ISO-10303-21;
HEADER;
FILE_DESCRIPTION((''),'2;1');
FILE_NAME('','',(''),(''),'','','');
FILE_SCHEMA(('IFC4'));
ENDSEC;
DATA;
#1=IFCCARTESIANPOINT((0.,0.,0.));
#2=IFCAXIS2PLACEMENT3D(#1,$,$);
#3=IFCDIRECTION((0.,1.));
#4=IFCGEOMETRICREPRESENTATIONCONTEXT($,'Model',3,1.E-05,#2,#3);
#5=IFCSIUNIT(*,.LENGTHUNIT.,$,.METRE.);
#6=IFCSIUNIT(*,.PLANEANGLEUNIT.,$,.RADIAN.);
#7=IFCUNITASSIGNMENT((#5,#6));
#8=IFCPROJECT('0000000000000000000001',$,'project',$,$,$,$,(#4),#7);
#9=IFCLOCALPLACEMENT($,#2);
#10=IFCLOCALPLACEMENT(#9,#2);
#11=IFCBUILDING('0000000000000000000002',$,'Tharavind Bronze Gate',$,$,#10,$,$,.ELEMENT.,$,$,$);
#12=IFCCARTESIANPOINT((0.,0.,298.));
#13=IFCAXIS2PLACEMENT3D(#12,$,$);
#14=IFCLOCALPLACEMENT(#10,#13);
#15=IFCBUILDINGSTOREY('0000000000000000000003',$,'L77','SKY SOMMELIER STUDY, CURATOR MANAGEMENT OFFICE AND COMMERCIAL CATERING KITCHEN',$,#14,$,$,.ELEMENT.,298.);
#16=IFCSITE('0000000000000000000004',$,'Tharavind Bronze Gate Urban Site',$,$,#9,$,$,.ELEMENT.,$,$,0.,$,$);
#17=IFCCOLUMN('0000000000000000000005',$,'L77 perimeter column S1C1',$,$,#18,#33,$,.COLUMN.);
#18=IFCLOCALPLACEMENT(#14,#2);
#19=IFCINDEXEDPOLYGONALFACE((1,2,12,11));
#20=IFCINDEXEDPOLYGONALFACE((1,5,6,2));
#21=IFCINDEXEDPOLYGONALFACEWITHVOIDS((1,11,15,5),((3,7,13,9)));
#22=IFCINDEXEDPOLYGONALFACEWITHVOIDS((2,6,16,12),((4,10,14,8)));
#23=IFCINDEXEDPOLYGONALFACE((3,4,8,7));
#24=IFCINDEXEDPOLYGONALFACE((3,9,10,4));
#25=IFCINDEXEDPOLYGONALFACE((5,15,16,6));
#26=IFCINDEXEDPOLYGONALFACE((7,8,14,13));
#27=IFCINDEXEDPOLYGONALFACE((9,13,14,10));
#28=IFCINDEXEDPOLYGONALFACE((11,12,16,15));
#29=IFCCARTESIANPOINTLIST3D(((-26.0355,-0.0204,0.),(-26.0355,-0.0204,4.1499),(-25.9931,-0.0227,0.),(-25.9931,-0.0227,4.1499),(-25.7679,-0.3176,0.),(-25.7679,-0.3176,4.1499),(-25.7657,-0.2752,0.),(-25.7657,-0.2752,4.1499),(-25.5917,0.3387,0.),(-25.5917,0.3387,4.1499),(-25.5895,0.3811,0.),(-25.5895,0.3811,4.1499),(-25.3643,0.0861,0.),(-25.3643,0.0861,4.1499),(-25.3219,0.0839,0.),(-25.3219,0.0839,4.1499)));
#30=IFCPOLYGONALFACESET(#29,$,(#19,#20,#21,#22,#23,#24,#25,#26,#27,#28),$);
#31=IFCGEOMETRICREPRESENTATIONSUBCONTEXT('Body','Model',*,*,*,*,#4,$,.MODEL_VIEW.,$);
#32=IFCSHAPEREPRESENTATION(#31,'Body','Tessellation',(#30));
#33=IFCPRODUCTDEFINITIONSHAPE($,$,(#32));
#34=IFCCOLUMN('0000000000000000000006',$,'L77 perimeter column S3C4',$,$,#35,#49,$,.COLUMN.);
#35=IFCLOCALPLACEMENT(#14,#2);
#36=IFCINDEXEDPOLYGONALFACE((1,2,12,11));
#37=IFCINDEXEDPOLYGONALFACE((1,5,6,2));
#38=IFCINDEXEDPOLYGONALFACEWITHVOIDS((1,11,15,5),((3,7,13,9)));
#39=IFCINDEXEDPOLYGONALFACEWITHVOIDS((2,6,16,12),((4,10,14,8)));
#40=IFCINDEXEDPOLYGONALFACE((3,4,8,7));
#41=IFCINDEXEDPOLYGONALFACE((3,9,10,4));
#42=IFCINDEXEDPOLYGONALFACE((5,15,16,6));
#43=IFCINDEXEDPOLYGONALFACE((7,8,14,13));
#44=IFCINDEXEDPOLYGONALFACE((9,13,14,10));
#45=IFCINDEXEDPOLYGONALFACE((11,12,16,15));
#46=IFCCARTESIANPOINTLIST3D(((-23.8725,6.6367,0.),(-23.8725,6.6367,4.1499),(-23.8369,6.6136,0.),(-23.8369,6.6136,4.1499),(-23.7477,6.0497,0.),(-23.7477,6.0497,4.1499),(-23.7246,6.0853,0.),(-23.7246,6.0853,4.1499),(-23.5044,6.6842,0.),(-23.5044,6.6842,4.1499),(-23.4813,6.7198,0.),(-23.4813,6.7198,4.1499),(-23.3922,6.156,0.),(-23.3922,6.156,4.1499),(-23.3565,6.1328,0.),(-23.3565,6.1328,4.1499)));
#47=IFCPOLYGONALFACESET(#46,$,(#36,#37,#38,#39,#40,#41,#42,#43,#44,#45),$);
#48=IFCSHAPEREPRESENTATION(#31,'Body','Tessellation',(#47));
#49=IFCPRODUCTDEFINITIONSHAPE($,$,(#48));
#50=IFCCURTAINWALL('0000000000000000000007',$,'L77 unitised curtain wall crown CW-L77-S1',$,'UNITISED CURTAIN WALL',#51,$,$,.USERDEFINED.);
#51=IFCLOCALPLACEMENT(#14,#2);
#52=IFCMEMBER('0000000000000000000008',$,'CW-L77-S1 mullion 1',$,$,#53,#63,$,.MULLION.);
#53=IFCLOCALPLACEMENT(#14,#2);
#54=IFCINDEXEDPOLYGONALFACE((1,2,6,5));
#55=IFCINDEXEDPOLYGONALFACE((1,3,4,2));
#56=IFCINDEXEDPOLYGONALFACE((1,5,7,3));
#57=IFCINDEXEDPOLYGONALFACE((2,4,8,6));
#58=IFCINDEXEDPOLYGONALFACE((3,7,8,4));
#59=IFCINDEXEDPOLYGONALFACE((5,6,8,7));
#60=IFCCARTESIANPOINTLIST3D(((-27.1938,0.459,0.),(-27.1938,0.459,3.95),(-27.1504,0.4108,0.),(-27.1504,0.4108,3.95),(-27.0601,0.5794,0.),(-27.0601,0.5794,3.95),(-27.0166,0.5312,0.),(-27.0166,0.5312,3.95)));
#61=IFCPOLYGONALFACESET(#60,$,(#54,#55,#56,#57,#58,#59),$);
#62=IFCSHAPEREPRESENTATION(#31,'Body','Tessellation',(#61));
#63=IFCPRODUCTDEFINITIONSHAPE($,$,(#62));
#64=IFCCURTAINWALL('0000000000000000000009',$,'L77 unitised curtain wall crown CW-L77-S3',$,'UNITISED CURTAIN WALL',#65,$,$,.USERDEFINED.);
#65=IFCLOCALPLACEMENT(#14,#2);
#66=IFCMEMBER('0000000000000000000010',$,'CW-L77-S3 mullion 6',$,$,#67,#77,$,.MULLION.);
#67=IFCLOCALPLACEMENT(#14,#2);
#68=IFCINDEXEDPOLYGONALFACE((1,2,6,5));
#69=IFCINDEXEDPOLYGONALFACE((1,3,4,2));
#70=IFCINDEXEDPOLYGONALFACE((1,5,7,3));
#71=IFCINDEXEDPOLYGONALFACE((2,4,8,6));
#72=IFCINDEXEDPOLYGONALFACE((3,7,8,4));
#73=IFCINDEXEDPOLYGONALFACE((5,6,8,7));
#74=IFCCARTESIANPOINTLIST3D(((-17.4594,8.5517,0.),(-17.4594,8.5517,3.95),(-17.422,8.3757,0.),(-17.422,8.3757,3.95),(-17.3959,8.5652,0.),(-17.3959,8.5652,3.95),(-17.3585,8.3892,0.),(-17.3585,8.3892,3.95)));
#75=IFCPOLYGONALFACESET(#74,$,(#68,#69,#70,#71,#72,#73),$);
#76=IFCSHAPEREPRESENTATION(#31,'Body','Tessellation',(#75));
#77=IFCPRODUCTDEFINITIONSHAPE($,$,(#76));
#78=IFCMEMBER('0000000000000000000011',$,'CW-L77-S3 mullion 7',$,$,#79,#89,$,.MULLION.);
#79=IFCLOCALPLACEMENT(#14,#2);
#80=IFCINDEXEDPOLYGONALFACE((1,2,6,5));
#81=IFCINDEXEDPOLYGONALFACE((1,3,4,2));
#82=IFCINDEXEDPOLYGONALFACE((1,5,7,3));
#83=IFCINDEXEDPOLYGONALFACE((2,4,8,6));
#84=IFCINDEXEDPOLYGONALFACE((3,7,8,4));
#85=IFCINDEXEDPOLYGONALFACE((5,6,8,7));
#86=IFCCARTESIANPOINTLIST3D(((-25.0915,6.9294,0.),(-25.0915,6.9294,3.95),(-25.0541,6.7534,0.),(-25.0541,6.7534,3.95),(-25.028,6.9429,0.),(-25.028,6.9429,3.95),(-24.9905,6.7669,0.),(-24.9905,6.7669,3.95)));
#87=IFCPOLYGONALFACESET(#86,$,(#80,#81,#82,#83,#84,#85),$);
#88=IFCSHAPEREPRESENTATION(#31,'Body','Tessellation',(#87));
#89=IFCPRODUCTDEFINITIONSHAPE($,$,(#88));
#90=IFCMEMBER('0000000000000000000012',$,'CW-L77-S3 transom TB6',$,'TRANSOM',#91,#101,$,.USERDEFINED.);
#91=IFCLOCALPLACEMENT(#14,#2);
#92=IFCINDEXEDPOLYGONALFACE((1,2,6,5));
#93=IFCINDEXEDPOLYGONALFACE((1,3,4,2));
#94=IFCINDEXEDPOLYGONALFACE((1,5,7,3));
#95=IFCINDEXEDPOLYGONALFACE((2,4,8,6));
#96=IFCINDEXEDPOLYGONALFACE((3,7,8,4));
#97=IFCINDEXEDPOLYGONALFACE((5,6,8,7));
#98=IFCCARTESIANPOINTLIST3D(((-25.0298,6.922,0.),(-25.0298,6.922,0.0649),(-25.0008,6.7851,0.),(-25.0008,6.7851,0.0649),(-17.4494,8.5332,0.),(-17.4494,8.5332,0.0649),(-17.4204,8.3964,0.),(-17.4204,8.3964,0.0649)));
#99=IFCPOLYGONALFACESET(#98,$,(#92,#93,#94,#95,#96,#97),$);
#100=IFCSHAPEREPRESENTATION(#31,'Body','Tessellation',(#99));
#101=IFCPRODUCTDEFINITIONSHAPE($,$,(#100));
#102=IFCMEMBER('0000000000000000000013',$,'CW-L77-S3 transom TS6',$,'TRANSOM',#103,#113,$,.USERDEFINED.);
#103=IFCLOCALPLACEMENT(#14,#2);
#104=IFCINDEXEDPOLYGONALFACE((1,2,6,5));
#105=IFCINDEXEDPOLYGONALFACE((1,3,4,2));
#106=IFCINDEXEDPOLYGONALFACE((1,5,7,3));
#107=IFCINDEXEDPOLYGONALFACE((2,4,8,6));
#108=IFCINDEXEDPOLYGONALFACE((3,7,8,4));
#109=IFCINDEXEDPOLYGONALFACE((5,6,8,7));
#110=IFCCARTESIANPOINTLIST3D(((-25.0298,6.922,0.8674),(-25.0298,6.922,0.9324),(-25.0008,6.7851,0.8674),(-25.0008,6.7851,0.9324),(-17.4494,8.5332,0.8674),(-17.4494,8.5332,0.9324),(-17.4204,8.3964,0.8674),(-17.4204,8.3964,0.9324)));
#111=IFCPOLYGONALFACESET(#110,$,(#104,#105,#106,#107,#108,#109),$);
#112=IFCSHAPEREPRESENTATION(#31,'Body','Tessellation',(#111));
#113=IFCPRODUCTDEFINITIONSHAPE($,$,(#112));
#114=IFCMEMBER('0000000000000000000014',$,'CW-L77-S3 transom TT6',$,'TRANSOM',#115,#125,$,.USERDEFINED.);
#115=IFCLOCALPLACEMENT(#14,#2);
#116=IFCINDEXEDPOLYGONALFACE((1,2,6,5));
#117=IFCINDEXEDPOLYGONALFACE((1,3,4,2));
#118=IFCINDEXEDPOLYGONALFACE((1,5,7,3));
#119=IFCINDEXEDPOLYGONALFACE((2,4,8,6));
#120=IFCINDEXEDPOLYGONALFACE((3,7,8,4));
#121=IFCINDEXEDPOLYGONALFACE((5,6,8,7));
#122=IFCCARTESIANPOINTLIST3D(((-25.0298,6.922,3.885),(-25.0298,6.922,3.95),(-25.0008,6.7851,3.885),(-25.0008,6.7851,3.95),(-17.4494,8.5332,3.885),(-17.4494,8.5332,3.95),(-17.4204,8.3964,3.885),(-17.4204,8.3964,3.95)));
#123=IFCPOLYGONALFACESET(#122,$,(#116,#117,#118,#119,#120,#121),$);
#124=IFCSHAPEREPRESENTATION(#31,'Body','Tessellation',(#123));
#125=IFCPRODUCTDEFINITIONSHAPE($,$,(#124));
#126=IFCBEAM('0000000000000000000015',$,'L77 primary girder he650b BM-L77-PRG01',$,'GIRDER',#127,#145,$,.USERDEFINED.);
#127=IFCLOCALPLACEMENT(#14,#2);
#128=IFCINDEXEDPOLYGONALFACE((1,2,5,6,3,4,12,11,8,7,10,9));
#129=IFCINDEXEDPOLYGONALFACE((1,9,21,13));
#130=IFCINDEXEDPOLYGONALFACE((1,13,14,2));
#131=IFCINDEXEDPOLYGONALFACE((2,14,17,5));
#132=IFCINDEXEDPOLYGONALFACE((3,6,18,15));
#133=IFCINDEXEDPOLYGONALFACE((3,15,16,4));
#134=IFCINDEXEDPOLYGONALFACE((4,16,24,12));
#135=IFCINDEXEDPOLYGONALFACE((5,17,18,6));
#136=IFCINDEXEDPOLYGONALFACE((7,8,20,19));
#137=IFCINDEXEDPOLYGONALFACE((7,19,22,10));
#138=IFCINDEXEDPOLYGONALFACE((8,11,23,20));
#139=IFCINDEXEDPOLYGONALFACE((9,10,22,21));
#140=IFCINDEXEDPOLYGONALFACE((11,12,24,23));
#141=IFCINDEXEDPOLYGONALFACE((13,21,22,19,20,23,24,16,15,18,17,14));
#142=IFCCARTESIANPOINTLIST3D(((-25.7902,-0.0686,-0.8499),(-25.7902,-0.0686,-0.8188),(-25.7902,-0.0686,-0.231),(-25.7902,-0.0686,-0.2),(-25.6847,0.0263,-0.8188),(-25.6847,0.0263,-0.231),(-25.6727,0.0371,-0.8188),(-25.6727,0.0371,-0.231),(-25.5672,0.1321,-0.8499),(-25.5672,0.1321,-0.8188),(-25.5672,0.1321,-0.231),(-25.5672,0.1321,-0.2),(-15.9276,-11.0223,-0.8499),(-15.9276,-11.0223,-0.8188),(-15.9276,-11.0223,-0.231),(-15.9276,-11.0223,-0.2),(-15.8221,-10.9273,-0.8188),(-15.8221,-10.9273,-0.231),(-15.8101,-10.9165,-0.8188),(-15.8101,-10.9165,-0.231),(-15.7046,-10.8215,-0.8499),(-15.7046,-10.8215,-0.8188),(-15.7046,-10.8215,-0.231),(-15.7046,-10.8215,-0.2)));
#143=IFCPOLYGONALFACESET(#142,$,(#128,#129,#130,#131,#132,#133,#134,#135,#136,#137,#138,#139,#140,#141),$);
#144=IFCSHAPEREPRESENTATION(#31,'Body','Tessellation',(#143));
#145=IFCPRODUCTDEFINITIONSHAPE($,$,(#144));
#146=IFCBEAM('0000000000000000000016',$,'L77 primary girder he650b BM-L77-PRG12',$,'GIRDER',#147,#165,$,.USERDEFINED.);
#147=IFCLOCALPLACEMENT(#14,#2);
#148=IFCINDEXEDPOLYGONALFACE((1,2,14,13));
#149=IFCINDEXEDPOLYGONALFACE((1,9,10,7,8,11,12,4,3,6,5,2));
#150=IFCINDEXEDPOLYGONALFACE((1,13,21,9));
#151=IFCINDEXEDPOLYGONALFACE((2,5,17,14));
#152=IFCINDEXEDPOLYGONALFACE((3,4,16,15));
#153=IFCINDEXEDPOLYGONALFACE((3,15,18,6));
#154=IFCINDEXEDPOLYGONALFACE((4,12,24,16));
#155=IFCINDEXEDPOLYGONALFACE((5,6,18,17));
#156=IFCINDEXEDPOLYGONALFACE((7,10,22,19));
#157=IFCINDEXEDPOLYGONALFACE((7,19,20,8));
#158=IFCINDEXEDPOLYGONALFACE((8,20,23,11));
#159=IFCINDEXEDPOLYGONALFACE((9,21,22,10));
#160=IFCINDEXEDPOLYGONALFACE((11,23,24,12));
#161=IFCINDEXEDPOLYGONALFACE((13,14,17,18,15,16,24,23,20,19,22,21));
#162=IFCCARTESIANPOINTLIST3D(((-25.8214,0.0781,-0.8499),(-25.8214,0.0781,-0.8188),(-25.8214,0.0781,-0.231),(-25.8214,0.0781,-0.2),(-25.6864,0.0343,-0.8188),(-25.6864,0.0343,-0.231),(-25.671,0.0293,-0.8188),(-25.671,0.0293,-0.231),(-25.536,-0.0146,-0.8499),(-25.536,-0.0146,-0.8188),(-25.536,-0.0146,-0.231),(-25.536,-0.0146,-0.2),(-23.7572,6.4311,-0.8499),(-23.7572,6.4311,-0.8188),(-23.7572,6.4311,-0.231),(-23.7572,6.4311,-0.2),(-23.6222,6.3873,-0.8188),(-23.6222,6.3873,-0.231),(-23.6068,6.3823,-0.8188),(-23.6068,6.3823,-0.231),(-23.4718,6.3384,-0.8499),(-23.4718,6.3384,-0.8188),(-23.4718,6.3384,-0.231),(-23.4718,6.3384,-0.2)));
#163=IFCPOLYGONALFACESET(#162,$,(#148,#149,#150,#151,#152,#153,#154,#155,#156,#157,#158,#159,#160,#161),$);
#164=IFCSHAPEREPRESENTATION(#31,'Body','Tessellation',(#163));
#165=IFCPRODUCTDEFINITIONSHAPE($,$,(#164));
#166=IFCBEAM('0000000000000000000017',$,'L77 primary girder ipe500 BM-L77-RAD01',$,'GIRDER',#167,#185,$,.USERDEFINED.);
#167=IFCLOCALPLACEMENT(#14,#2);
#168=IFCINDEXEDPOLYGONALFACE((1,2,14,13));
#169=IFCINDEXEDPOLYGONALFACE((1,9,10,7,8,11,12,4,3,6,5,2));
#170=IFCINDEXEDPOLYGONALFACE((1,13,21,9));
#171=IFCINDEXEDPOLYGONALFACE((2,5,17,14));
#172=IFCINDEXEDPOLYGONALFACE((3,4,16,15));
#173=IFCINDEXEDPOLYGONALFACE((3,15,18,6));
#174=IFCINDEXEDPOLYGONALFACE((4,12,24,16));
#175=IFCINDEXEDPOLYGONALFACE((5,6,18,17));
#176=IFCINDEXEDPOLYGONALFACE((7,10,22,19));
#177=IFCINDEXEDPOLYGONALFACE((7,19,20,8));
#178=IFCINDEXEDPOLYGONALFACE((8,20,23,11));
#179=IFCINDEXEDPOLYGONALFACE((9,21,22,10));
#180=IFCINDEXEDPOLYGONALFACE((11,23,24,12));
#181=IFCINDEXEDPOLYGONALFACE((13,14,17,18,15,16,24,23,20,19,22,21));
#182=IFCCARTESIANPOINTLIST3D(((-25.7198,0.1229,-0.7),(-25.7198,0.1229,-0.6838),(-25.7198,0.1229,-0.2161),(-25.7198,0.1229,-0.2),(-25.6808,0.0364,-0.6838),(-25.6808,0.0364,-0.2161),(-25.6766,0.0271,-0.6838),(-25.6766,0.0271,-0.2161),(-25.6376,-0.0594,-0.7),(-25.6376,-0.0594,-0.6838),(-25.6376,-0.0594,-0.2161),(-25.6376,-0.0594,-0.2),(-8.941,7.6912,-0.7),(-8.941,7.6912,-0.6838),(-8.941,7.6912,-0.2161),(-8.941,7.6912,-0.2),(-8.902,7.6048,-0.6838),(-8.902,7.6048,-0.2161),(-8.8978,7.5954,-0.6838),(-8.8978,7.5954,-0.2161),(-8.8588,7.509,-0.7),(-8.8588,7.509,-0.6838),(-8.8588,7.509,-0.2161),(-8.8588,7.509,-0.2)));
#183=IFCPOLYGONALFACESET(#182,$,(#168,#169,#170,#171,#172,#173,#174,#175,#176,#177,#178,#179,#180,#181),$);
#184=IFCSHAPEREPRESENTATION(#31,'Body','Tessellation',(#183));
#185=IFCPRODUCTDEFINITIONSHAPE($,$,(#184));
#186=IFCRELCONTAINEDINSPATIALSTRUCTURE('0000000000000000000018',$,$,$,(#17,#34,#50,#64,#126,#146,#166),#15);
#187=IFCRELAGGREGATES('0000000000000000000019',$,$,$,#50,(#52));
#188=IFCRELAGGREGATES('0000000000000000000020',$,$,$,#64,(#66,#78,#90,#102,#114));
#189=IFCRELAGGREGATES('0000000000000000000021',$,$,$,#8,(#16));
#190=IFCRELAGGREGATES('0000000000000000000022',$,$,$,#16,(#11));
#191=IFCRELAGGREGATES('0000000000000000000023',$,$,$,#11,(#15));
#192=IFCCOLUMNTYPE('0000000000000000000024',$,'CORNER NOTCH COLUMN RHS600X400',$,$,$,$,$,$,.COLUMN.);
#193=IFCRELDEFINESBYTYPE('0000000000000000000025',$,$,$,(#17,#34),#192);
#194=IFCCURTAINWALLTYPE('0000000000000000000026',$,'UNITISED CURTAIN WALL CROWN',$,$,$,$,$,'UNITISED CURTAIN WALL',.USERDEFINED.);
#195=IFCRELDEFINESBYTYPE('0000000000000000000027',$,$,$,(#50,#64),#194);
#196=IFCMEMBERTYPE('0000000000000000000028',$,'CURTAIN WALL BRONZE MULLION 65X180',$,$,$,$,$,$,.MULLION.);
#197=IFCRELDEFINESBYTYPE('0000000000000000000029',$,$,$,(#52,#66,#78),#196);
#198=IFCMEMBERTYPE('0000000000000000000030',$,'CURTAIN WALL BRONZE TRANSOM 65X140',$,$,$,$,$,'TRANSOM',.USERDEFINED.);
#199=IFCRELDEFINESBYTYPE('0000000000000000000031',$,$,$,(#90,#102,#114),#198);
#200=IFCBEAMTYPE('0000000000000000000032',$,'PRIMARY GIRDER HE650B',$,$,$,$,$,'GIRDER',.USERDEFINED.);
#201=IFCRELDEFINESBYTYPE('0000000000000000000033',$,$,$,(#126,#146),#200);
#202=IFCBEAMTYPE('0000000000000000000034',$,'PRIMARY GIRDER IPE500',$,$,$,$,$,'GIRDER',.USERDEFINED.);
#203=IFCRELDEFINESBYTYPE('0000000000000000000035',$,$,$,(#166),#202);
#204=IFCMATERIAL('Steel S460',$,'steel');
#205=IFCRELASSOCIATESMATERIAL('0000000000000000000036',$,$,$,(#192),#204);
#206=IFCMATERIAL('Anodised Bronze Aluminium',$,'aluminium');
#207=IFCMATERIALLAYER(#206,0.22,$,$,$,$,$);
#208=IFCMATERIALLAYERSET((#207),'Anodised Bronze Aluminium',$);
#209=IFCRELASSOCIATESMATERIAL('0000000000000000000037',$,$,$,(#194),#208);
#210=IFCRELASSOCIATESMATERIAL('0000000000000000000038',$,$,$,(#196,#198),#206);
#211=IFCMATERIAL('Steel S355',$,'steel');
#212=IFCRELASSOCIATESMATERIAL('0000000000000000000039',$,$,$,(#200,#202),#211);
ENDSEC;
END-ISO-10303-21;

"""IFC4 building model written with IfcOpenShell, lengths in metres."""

from ifc_helpers import new_model, si_unit, direction, frame, origin, origin_2d, place, context, subcontext, project, spatial, rectangle, hollow_rectangle, i_section, extrude, material, layer, layer_set, material_profile, profile_set, type_object, element, aggregate, save


model = new_model("IFC4")

# Units and contexts
model_context = context("Model", 3, precision=1e-05, world=origin(), true_north=direction((0.0, 1.0)))
body_context = subcontext(model_context, "Body", "Model", "MODEL_VIEW")
ifc_project = project(units=[si_unit("LENGTHUNIT", "METRE"), si_unit("PLANEANGLEUNIT", "RADIAN")], contexts=[model_context])

# Site, building, storey
site_placement = place(None, origin())
site = spatial("IfcSite", under=ifc_project, at=site_placement, Name="Tharavind Bronze Gate Urban Site", CompositionType="ELEMENT", RefElevation=0.0)
building_placement = place(site_placement, origin())
building = spatial("IfcBuilding", under=site, at=building_placement, Name="Tharavind Bronze Gate", CompositionType="ELEMENT")
storey_placement = place(building_placement, frame((0.0, 0.0, 298.0)))
storey = spatial("IfcBuildingStorey", under=building, at=storey_placement, Name="L77", Description="SKY SOMMELIER STUDY, CURATOR MANAGEMENT OFFICE AND COMMERCIAL CATERING KITCHEN", CompositionType="ELEMENT", Elevation=298.0)

# Columns
ifc_material_1 = material(Name="Steel S460", Category="steel")
ifc_material_profile_1 = material_profile(ifc_material_1, hollow_rectangle(XDim=0.3999, YDim=0.6001, WallThickness=0.03, at=origin_2d()), Name="RHS600X400X30")
ifc_profile_set_1 = profile_set([ifc_material_profile_1], Name="Steel S460")
column_type = type_object("IfcColumnType", Name="CORNER NOTCH COLUMN RHS600X400", PredefinedType="COLUMN", material=ifc_profile_set_1)
for number, where, z_axis, x_axis, name in (
    (1, (-25.6787, 0.0317, 0.0), (0.0, 0.0, 1.0), (-0.669131, 0.743145, 0.0), "L77 perimeter column S1C1"),
    (2, (-23.6145, 6.3848, 0.0), (0.0, 0.0, 1.0), (0.978147, 0.207913, 0.0), "L77 perimeter column S3C4"),
):
    element("IfcColumn", number, at=place(storey_placement, frame(where, z_axis=z_axis, x_axis=x_axis)), inside=storey, type_object=column_type, Name=name, PredefinedType="COLUMN", context=body_context, shape_type="SweptSolid", body=[
        extrude(hollow_rectangle(XDim=0.3999, YDim=0.6001, WallThickness=0.03, at=origin_2d()), origin(), (0.0, 0.0, 1.0), 4.1499),
    ])

# Curtain wall, member
ifc_material_2 = material(Name="Anodised Bronze Aluminium", Category="aluminium")
ifc_layer_1 = layer(ifc_material_2, 0.22)
ifc_layer_set_1 = layer_set([ifc_layer_1], Name="Anodised Bronze Aluminium")
curtain_wall_type = type_object("IfcCurtainWallType", Name="UNITISED CURTAIN WALL CROWN", ElementType="UNITISED CURTAIN WALL", PredefinedType="USERDEFINED", material=ifc_layer_set_1)
curtain_wall_1_placement = place(storey_placement, origin())
curtain_wall_1 = element("IfcCurtainWall", 3, at=curtain_wall_1_placement, inside=storey, type_object=curtain_wall_type, Name="L77 unitised curtain wall crown CW-L77-S1", ObjectType="UNITISED CURTAIN WALL", PredefinedType="USERDEFINED")
member_type_1 = type_object("IfcMemberType", Name="CURTAIN WALL BRONZE MULLION 65X180", PredefinedType="MULLION", material=ifc_material_2)
member_1_placement = place(storey_placement, frame((-27.1052, 0.4951, 0.0), z_axis=(0.0, 0.0, 1.0), x_axis=(0.669131, -0.743145, 0.0)))
member_1 = element("IfcMember", 4, at=member_1_placement, type_object=member_type_1, Name="CW-L77-S1 mullion 1", PredefinedType="MULLION", context=body_context, shape_type="SweptSolid", body=[
    extrude(rectangle(XDim=0.0649, YDim=0.1799, at=origin_2d()), origin(), (0.0, 0.0, 1.0), 3.95),
])
aggregate(curtain_wall_1, [member_1])

# Curtain wall, members
curtain_wall_2_placement = place(storey_placement, origin())
curtain_wall_2 = element("IfcCurtainWall", 5, at=curtain_wall_2_placement, inside=storey, type_object=curtain_wall_type, Name="L77 unitised curtain wall crown CW-L77-S3", ObjectType="UNITISED CURTAIN WALL", PredefinedType="USERDEFINED")
member_2_placement = place(storey_placement, frame((-17.4089, 8.4705, 0.0), z_axis=(0.0, 0.0, 1.0), x_axis=(-0.978147, -0.207913, 0.0)))
member_2 = element("IfcMember", 6, at=member_2_placement, type_object=member_type_1, Name="CW-L77-S3 mullion 6", PredefinedType="MULLION", context=body_context, shape_type="SweptSolid", body=[
    extrude(rectangle(XDim=0.0649, YDim=0.1799, at=origin_2d()), origin(), (0.0, 0.0, 1.0), 3.95),
])
member_3_placement = place(storey_placement, frame((-25.041, 6.8481, 0.0), z_axis=(0.0, 0.0, 1.0), x_axis=(-0.978147, -0.207913, 0.0)))
member_3 = element("IfcMember", 7, at=member_3_placement, type_object=member_type_1, Name="CW-L77-S3 mullion 7", PredefinedType="MULLION", context=body_context, shape_type="SweptSolid", body=[
    extrude(rectangle(XDim=0.0649, YDim=0.1799, at=origin_2d()), origin(), (0.0, 0.0, 1.0), 3.95),
])
member_type_2 = type_object("IfcMemberType", Name="CURTAIN WALL BRONZE TRANSOM 65X140", ElementType="TRANSOM", PredefinedType="USERDEFINED", material=ifc_material_2)
member_4_placement = place(storey_placement, frame((-21.2251, 7.6592, 0.0), z_axis=(0.0, 0.0, 1.0), x_axis=(-0.978147, -0.207913, 0.0)))
member_4 = element("IfcMember", 8, at=member_4_placement, type_object=member_type_2, Name="CW-L77-S3 transom TB6", ObjectType="TRANSOM", PredefinedType="USERDEFINED", context=body_context, shape_type="SweptSolid", body=[
    extrude(rectangle(XDim=7.7498, YDim=0.1399, at=origin_2d()), origin(), (0.0, 0.0, 1.0), 0.0649),
])
member_5_placement = place(storey_placement, frame((-21.2251, 7.6592, 0.8674), z_axis=(0.0, 0.0, 1.0), x_axis=(-0.978147, -0.207913, 0.0)))
member_5 = element("IfcMember", 9, at=member_5_placement, type_object=member_type_2, Name="CW-L77-S3 transom TS6", ObjectType="TRANSOM", PredefinedType="USERDEFINED", context=body_context, shape_type="SweptSolid", body=[
    extrude(rectangle(XDim=7.7498, YDim=0.1399, at=origin_2d()), origin(), (0.0, 0.0, 1.0), 0.0649),
])
member_6_placement = place(storey_placement, frame((-21.2251, 7.6592, 3.885), z_axis=(0.0, 0.0, 1.0), x_axis=(-0.978147, -0.207913, 0.0)))
member_6 = element("IfcMember", 10, at=member_6_placement, type_object=member_type_2, Name="CW-L77-S3 transom TT6", ObjectType="TRANSOM", PredefinedType="USERDEFINED", context=body_context, shape_type="SweptSolid", body=[
    extrude(rectangle(XDim=7.7498, YDim=0.1399, at=origin_2d()), origin(), (0.0, 0.0, 1.0), 0.0649),
])

# Beams
ifc_material_3 = material(Name="Steel S355", Category="steel")
ifc_material_profile_2 = material_profile(ifc_material_3, i_section(OverallWidth=0.3, OverallDepth=0.6499, WebThickness=0.0161, FlangeThickness=0.031, at=origin_2d()), Name="HE650B")
ifc_profile_set_2 = profile_set([ifc_material_profile_2], Name="Steel S355")
beam_type_1 = type_object("IfcBeamType", Name="PRIMARY GIRDER HE650B", ElementType="GIRDER", PredefinedType="USERDEFINED", material=ifc_profile_set_2)
beam_1_placement = place(storey_placement, frame((-25.6787, 0.0317, -0.5249), z_axis=(0.669126, -0.743149, 0.0), x_axis=(0.743149, 0.669126, 0.0)))
element("IfcBeam", 11, at=beam_1_placement, inside=storey, type_object=beam_type_1, Name="L77 primary girder he650b BM-L77-PRG01", ObjectType="GIRDER", PredefinedType="USERDEFINED", context=body_context, shape_type="SweptSolid", body=[
    extrude(i_section(OverallWidth=0.3, OverallDepth=0.6499, WebThickness=0.0161, FlangeThickness=0.031, at=origin_2d()), origin(), (0.0, 0.0, 1.0), 14.7395),
])
beam_2_placement = place(storey_placement, frame((-23.6145, 6.3848, -0.5249), z_axis=(-0.309015, -0.951057, 0.0), x_axis=(0.951057, -0.309015, 0.0)))
element("IfcBeam", 12, at=beam_2_placement, inside=storey, type_object=beam_type_1, Name="L77 primary girder he650b BM-L77-PRG12", ObjectType="GIRDER", PredefinedType="USERDEFINED", context=body_context, shape_type="SweptSolid", body=[
    extrude(i_section(OverallWidth=0.3, OverallDepth=0.6499, WebThickness=0.0161, FlangeThickness=0.031, at=origin_2d()), origin(), (0.0, 0.0, 1.0), 6.6799),
])
ifc_material_profile_3 = material_profile(ifc_material_3, i_section(OverallWidth=0.2, OverallDepth=0.5, WebThickness=0.0103, FlangeThickness=0.0161, at=origin_2d()), Name="IPE500")
ifc_profile_set_3 = profile_set([ifc_material_profile_3], Name="Steel S355")
beam_type_2 = type_object("IfcBeamType", Name="PRIMARY GIRDER IPE500", ElementType="GIRDER", PredefinedType="USERDEFINED", material=ifc_profile_set_3)
beam_3_placement = place(storey_placement, frame((-25.6787, 0.0317, -0.45), z_axis=(0.911557, 0.411173, 0.0), x_axis=(-0.411173, 0.911557, 0.0)))
element("IfcBeam", 13, at=beam_3_placement, inside=storey, type_object=beam_type_2, Name="L77 primary girder ipe500 BM-L77-RAD01", ObjectType="GIRDER", PredefinedType="USERDEFINED", context=body_context, shape_type="SweptSolid", body=[
    extrude(i_section(OverallWidth=0.2, OverallDepth=0.5, WebThickness=0.0103, FlangeThickness=0.0161, at=origin_2d()), origin(), (0.0, 0.0, 1.0), 18.4067),
])

aggregate(curtain_wall_2, [member_2, member_3, member_4, member_5, member_6])

save(model, "model.ifc")
